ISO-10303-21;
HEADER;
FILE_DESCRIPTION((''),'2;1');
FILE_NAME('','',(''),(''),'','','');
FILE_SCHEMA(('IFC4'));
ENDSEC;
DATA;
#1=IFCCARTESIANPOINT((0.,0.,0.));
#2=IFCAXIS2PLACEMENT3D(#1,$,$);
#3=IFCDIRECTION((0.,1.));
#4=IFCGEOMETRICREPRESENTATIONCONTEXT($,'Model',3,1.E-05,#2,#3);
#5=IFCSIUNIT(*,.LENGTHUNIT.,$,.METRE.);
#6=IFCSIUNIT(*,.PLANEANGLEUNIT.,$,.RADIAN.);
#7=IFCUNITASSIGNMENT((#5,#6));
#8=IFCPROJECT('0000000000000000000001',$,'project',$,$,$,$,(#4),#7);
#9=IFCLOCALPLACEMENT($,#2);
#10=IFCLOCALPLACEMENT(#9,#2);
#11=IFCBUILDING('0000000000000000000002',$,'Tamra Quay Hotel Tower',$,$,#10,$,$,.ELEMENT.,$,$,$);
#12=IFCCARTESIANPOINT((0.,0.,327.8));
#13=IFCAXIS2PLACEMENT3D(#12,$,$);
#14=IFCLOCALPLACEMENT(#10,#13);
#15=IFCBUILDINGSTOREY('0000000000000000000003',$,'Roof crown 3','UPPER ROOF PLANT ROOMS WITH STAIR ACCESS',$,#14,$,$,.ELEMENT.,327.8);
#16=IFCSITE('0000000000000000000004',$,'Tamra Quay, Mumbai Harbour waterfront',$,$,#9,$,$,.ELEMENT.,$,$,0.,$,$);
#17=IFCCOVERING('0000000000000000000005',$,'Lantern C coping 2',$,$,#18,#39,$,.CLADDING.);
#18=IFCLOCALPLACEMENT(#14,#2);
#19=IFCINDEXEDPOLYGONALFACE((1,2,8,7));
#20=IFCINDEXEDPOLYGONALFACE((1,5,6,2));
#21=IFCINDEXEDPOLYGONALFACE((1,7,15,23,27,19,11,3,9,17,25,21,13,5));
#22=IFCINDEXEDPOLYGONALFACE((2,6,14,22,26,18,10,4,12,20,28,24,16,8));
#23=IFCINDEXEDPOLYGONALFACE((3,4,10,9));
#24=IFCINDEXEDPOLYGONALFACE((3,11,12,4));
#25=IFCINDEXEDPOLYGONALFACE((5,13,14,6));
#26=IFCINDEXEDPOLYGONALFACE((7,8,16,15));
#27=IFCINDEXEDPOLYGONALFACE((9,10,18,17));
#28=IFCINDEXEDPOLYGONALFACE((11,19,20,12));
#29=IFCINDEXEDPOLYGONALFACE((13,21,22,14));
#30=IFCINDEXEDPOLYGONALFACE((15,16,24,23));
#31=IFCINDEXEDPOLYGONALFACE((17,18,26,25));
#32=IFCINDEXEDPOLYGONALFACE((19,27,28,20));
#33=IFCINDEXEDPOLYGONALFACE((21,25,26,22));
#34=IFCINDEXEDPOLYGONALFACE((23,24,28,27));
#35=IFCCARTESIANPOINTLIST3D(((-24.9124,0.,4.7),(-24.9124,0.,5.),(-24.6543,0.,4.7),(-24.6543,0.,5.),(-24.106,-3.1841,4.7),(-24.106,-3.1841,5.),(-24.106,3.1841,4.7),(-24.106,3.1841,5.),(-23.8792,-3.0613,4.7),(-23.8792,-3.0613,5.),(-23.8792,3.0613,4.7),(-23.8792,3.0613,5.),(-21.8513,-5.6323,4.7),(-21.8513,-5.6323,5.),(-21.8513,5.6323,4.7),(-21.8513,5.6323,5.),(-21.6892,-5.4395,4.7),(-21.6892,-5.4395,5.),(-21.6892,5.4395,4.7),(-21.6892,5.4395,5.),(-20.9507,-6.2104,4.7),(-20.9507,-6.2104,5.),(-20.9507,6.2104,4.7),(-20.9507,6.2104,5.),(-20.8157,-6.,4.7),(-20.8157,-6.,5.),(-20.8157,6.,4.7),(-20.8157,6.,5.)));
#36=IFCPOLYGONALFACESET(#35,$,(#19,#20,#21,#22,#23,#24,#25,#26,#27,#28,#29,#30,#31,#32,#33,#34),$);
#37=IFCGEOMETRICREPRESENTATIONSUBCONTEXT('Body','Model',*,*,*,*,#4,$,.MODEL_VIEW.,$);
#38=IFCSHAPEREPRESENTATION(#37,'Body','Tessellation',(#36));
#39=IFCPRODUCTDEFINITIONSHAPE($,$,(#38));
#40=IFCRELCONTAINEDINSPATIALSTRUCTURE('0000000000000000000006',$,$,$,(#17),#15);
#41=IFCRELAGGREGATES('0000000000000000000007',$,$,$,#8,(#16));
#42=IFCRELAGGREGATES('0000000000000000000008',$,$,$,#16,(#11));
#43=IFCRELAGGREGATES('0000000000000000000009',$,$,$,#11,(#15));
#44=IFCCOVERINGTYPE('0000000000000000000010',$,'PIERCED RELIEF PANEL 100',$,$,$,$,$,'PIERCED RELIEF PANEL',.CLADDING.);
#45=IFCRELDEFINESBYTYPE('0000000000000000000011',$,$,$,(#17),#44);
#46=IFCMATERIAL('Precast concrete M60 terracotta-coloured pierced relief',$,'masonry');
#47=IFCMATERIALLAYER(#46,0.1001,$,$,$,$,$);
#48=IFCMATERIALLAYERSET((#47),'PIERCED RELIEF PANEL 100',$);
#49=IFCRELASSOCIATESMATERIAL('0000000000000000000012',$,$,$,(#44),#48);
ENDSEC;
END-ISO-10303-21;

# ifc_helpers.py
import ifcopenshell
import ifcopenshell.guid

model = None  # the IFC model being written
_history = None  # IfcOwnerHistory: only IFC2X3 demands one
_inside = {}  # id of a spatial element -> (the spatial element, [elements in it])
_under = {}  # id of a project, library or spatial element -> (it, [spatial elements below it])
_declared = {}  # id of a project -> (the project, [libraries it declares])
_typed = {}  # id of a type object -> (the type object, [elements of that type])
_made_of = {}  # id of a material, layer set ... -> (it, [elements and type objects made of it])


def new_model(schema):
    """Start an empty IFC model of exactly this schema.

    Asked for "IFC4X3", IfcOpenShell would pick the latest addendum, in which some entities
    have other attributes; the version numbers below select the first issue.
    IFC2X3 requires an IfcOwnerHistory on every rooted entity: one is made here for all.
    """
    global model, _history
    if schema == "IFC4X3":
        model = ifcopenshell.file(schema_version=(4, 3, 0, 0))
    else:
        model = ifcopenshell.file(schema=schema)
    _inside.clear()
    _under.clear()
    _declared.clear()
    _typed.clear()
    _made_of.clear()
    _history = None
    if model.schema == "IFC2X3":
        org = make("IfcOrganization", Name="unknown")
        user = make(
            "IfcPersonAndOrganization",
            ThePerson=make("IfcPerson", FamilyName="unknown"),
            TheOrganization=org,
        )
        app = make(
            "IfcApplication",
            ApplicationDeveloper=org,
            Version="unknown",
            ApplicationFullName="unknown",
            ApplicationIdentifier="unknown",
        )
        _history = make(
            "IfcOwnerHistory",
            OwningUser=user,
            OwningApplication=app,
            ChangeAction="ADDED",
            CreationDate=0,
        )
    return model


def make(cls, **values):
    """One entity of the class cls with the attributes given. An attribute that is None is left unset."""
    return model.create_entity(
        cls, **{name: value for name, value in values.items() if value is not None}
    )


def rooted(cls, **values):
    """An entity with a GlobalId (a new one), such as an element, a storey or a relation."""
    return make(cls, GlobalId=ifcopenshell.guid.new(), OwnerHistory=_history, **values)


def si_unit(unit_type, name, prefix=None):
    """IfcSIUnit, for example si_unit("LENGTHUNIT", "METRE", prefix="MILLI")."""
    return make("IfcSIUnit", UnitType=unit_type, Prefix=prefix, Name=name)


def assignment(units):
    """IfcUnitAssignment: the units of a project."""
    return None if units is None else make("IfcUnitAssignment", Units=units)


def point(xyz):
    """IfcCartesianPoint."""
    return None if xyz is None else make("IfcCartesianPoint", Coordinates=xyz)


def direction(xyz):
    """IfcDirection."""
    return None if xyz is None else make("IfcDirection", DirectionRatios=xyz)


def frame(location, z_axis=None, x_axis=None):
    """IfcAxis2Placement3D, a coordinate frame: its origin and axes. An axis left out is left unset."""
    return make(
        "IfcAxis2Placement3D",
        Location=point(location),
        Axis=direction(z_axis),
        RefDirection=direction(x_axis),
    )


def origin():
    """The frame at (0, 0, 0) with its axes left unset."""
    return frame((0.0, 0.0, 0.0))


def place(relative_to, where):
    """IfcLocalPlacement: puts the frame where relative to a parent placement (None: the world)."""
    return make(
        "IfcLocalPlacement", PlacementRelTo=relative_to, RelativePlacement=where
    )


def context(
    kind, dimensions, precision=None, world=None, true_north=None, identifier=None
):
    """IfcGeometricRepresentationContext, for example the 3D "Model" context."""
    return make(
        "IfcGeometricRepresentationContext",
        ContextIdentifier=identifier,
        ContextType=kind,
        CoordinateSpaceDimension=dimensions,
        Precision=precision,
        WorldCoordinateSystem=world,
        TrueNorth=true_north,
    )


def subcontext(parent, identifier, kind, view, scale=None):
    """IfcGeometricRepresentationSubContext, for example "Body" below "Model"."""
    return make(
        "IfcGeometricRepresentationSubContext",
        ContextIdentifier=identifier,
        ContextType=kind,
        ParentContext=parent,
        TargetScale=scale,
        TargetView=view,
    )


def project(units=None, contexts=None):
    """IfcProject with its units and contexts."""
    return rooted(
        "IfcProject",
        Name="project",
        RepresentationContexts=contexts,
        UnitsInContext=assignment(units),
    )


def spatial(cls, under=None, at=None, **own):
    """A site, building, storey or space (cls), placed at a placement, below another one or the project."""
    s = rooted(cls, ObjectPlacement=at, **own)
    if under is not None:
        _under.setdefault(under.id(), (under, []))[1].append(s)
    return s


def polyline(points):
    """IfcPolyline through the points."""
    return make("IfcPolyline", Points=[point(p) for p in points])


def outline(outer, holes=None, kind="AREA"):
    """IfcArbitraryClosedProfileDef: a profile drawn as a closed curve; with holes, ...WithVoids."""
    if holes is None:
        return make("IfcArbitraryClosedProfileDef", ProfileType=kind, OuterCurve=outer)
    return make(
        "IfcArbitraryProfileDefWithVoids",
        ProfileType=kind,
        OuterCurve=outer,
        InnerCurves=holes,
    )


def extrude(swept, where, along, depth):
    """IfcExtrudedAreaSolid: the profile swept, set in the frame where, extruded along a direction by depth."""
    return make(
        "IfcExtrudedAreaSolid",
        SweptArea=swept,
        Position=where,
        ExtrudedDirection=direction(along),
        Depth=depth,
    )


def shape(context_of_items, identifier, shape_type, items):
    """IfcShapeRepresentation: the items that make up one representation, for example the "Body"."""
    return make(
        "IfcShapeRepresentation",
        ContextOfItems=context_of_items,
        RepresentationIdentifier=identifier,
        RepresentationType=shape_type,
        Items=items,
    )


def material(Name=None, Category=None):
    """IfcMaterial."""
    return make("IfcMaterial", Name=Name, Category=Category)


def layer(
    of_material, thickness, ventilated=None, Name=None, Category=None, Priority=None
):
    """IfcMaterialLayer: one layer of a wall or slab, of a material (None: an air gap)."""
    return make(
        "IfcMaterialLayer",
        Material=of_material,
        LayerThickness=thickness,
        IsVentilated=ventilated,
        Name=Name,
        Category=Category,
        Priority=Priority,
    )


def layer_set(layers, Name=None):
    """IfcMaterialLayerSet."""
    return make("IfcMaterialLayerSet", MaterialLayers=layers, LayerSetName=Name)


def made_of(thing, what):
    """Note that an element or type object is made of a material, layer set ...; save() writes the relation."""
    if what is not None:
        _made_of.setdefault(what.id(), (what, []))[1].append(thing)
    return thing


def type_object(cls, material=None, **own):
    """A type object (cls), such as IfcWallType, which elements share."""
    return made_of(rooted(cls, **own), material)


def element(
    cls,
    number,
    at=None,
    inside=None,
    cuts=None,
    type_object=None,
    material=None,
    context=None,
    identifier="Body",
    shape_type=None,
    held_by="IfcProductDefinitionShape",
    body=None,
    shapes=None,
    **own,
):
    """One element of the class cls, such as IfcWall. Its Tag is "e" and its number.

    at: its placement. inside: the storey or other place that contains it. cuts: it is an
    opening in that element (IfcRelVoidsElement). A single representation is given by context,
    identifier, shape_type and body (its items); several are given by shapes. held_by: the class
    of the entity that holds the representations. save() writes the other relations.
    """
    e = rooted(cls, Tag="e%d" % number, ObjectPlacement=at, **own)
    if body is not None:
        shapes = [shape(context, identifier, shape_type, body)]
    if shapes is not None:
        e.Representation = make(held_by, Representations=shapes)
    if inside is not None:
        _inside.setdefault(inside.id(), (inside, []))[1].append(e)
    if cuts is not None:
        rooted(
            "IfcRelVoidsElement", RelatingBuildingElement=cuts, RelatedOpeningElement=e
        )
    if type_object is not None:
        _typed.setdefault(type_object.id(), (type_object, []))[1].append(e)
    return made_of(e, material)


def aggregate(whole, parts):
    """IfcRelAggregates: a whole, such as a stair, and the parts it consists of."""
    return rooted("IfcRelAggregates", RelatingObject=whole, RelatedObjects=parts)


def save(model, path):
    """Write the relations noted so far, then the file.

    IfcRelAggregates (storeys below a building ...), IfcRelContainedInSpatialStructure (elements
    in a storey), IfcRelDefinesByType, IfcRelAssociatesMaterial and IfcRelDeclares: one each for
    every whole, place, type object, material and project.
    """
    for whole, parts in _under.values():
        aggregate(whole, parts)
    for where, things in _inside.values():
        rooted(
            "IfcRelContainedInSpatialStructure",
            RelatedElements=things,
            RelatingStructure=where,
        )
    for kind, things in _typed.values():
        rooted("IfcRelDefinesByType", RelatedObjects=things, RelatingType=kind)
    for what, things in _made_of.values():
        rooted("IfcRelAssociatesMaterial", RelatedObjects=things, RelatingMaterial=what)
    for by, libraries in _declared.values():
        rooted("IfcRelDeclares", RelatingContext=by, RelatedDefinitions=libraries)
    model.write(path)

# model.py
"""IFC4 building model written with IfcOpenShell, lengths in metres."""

from ifc_helpers import new_model, si_unit, direction, frame, origin, place, context, subcontext, project, spatial, polyline, outline, extrude, material, layer, layer_set, type_object, element, save


model = new_model("IFC4")

# Units and contexts
model_context = context("Model", 3, precision=1e-05, world=origin(), true_north=direction((0.0, 1.0)))
body_context = subcontext(model_context, "Body", "Model", "MODEL_VIEW")
ifc_project = project(units=[si_unit("LENGTHUNIT", "METRE"), si_unit("PLANEANGLEUNIT", "RADIAN")], contexts=[model_context])

# Site, building, storey
site_placement = place(None, origin())
site = spatial("IfcSite", under=ifc_project, at=site_placement, Name="Tamra Quay, Mumbai Harbour waterfront", CompositionType="ELEMENT", RefElevation=0.0)
building_placement = place(site_placement, origin())
building = spatial("IfcBuilding", under=site, at=building_placement, Name="Tamra Quay Hotel Tower", CompositionType="ELEMENT")
storey_placement = place(building_placement, frame((0.0, 0.0, 327.8)))
storey = spatial("IfcBuildingStorey", under=building, at=storey_placement, Name="Roof crown 3", Description="UPPER ROOF PLANT ROOMS WITH STAIR ACCESS", CompositionType="ELEMENT", Elevation=327.8)

# Covering
ifc_material_1 = material(Name="Precast concrete M60 terracotta-coloured pierced relief", Category="masonry")
ifc_layer_1 = layer(ifc_material_1, 0.1001)
ifc_layer_set_1 = layer_set([ifc_layer_1], Name="PIERCED RELIEF PANEL 100")
covering_type_1 = type_object("IfcCoveringType", Name="PIERCED RELIEF PANEL 100", ElementType="PIERCED RELIEF PANEL", PredefinedType="CLADDING", material=ifc_layer_set_1)
covering_1_placement = place(storey_placement, frame((0.0, 0.0, 4.7)))
element("IfcCovering", 1, at=covering_1_placement, inside=storey, type_object=covering_type_1, Name="Lantern C coping 2", PredefinedType="CLADDING", context=body_context, shape_type="SweptSolid", body=[
    extrude(outline(polyline([(-20.8157, 6.0), (-20.9507, 6.2104), (-21.8513, 5.6323), (-24.106, 3.1841), (-24.9124, 0.0), (-24.106, -3.1841), (-21.8513, -5.6323), (-20.9507, -6.2104), (-20.8157, -6.0), (-21.6892, -5.4395), (-23.8792, -3.0613), (-24.6543, 0.0), (-23.8792, 3.0613), (-21.6892, 5.4395), (-20.8157, 6.0)])), origin(), (0.0, 0.0, 1.0), 0.3),
])

save(model, "model.ifc")
